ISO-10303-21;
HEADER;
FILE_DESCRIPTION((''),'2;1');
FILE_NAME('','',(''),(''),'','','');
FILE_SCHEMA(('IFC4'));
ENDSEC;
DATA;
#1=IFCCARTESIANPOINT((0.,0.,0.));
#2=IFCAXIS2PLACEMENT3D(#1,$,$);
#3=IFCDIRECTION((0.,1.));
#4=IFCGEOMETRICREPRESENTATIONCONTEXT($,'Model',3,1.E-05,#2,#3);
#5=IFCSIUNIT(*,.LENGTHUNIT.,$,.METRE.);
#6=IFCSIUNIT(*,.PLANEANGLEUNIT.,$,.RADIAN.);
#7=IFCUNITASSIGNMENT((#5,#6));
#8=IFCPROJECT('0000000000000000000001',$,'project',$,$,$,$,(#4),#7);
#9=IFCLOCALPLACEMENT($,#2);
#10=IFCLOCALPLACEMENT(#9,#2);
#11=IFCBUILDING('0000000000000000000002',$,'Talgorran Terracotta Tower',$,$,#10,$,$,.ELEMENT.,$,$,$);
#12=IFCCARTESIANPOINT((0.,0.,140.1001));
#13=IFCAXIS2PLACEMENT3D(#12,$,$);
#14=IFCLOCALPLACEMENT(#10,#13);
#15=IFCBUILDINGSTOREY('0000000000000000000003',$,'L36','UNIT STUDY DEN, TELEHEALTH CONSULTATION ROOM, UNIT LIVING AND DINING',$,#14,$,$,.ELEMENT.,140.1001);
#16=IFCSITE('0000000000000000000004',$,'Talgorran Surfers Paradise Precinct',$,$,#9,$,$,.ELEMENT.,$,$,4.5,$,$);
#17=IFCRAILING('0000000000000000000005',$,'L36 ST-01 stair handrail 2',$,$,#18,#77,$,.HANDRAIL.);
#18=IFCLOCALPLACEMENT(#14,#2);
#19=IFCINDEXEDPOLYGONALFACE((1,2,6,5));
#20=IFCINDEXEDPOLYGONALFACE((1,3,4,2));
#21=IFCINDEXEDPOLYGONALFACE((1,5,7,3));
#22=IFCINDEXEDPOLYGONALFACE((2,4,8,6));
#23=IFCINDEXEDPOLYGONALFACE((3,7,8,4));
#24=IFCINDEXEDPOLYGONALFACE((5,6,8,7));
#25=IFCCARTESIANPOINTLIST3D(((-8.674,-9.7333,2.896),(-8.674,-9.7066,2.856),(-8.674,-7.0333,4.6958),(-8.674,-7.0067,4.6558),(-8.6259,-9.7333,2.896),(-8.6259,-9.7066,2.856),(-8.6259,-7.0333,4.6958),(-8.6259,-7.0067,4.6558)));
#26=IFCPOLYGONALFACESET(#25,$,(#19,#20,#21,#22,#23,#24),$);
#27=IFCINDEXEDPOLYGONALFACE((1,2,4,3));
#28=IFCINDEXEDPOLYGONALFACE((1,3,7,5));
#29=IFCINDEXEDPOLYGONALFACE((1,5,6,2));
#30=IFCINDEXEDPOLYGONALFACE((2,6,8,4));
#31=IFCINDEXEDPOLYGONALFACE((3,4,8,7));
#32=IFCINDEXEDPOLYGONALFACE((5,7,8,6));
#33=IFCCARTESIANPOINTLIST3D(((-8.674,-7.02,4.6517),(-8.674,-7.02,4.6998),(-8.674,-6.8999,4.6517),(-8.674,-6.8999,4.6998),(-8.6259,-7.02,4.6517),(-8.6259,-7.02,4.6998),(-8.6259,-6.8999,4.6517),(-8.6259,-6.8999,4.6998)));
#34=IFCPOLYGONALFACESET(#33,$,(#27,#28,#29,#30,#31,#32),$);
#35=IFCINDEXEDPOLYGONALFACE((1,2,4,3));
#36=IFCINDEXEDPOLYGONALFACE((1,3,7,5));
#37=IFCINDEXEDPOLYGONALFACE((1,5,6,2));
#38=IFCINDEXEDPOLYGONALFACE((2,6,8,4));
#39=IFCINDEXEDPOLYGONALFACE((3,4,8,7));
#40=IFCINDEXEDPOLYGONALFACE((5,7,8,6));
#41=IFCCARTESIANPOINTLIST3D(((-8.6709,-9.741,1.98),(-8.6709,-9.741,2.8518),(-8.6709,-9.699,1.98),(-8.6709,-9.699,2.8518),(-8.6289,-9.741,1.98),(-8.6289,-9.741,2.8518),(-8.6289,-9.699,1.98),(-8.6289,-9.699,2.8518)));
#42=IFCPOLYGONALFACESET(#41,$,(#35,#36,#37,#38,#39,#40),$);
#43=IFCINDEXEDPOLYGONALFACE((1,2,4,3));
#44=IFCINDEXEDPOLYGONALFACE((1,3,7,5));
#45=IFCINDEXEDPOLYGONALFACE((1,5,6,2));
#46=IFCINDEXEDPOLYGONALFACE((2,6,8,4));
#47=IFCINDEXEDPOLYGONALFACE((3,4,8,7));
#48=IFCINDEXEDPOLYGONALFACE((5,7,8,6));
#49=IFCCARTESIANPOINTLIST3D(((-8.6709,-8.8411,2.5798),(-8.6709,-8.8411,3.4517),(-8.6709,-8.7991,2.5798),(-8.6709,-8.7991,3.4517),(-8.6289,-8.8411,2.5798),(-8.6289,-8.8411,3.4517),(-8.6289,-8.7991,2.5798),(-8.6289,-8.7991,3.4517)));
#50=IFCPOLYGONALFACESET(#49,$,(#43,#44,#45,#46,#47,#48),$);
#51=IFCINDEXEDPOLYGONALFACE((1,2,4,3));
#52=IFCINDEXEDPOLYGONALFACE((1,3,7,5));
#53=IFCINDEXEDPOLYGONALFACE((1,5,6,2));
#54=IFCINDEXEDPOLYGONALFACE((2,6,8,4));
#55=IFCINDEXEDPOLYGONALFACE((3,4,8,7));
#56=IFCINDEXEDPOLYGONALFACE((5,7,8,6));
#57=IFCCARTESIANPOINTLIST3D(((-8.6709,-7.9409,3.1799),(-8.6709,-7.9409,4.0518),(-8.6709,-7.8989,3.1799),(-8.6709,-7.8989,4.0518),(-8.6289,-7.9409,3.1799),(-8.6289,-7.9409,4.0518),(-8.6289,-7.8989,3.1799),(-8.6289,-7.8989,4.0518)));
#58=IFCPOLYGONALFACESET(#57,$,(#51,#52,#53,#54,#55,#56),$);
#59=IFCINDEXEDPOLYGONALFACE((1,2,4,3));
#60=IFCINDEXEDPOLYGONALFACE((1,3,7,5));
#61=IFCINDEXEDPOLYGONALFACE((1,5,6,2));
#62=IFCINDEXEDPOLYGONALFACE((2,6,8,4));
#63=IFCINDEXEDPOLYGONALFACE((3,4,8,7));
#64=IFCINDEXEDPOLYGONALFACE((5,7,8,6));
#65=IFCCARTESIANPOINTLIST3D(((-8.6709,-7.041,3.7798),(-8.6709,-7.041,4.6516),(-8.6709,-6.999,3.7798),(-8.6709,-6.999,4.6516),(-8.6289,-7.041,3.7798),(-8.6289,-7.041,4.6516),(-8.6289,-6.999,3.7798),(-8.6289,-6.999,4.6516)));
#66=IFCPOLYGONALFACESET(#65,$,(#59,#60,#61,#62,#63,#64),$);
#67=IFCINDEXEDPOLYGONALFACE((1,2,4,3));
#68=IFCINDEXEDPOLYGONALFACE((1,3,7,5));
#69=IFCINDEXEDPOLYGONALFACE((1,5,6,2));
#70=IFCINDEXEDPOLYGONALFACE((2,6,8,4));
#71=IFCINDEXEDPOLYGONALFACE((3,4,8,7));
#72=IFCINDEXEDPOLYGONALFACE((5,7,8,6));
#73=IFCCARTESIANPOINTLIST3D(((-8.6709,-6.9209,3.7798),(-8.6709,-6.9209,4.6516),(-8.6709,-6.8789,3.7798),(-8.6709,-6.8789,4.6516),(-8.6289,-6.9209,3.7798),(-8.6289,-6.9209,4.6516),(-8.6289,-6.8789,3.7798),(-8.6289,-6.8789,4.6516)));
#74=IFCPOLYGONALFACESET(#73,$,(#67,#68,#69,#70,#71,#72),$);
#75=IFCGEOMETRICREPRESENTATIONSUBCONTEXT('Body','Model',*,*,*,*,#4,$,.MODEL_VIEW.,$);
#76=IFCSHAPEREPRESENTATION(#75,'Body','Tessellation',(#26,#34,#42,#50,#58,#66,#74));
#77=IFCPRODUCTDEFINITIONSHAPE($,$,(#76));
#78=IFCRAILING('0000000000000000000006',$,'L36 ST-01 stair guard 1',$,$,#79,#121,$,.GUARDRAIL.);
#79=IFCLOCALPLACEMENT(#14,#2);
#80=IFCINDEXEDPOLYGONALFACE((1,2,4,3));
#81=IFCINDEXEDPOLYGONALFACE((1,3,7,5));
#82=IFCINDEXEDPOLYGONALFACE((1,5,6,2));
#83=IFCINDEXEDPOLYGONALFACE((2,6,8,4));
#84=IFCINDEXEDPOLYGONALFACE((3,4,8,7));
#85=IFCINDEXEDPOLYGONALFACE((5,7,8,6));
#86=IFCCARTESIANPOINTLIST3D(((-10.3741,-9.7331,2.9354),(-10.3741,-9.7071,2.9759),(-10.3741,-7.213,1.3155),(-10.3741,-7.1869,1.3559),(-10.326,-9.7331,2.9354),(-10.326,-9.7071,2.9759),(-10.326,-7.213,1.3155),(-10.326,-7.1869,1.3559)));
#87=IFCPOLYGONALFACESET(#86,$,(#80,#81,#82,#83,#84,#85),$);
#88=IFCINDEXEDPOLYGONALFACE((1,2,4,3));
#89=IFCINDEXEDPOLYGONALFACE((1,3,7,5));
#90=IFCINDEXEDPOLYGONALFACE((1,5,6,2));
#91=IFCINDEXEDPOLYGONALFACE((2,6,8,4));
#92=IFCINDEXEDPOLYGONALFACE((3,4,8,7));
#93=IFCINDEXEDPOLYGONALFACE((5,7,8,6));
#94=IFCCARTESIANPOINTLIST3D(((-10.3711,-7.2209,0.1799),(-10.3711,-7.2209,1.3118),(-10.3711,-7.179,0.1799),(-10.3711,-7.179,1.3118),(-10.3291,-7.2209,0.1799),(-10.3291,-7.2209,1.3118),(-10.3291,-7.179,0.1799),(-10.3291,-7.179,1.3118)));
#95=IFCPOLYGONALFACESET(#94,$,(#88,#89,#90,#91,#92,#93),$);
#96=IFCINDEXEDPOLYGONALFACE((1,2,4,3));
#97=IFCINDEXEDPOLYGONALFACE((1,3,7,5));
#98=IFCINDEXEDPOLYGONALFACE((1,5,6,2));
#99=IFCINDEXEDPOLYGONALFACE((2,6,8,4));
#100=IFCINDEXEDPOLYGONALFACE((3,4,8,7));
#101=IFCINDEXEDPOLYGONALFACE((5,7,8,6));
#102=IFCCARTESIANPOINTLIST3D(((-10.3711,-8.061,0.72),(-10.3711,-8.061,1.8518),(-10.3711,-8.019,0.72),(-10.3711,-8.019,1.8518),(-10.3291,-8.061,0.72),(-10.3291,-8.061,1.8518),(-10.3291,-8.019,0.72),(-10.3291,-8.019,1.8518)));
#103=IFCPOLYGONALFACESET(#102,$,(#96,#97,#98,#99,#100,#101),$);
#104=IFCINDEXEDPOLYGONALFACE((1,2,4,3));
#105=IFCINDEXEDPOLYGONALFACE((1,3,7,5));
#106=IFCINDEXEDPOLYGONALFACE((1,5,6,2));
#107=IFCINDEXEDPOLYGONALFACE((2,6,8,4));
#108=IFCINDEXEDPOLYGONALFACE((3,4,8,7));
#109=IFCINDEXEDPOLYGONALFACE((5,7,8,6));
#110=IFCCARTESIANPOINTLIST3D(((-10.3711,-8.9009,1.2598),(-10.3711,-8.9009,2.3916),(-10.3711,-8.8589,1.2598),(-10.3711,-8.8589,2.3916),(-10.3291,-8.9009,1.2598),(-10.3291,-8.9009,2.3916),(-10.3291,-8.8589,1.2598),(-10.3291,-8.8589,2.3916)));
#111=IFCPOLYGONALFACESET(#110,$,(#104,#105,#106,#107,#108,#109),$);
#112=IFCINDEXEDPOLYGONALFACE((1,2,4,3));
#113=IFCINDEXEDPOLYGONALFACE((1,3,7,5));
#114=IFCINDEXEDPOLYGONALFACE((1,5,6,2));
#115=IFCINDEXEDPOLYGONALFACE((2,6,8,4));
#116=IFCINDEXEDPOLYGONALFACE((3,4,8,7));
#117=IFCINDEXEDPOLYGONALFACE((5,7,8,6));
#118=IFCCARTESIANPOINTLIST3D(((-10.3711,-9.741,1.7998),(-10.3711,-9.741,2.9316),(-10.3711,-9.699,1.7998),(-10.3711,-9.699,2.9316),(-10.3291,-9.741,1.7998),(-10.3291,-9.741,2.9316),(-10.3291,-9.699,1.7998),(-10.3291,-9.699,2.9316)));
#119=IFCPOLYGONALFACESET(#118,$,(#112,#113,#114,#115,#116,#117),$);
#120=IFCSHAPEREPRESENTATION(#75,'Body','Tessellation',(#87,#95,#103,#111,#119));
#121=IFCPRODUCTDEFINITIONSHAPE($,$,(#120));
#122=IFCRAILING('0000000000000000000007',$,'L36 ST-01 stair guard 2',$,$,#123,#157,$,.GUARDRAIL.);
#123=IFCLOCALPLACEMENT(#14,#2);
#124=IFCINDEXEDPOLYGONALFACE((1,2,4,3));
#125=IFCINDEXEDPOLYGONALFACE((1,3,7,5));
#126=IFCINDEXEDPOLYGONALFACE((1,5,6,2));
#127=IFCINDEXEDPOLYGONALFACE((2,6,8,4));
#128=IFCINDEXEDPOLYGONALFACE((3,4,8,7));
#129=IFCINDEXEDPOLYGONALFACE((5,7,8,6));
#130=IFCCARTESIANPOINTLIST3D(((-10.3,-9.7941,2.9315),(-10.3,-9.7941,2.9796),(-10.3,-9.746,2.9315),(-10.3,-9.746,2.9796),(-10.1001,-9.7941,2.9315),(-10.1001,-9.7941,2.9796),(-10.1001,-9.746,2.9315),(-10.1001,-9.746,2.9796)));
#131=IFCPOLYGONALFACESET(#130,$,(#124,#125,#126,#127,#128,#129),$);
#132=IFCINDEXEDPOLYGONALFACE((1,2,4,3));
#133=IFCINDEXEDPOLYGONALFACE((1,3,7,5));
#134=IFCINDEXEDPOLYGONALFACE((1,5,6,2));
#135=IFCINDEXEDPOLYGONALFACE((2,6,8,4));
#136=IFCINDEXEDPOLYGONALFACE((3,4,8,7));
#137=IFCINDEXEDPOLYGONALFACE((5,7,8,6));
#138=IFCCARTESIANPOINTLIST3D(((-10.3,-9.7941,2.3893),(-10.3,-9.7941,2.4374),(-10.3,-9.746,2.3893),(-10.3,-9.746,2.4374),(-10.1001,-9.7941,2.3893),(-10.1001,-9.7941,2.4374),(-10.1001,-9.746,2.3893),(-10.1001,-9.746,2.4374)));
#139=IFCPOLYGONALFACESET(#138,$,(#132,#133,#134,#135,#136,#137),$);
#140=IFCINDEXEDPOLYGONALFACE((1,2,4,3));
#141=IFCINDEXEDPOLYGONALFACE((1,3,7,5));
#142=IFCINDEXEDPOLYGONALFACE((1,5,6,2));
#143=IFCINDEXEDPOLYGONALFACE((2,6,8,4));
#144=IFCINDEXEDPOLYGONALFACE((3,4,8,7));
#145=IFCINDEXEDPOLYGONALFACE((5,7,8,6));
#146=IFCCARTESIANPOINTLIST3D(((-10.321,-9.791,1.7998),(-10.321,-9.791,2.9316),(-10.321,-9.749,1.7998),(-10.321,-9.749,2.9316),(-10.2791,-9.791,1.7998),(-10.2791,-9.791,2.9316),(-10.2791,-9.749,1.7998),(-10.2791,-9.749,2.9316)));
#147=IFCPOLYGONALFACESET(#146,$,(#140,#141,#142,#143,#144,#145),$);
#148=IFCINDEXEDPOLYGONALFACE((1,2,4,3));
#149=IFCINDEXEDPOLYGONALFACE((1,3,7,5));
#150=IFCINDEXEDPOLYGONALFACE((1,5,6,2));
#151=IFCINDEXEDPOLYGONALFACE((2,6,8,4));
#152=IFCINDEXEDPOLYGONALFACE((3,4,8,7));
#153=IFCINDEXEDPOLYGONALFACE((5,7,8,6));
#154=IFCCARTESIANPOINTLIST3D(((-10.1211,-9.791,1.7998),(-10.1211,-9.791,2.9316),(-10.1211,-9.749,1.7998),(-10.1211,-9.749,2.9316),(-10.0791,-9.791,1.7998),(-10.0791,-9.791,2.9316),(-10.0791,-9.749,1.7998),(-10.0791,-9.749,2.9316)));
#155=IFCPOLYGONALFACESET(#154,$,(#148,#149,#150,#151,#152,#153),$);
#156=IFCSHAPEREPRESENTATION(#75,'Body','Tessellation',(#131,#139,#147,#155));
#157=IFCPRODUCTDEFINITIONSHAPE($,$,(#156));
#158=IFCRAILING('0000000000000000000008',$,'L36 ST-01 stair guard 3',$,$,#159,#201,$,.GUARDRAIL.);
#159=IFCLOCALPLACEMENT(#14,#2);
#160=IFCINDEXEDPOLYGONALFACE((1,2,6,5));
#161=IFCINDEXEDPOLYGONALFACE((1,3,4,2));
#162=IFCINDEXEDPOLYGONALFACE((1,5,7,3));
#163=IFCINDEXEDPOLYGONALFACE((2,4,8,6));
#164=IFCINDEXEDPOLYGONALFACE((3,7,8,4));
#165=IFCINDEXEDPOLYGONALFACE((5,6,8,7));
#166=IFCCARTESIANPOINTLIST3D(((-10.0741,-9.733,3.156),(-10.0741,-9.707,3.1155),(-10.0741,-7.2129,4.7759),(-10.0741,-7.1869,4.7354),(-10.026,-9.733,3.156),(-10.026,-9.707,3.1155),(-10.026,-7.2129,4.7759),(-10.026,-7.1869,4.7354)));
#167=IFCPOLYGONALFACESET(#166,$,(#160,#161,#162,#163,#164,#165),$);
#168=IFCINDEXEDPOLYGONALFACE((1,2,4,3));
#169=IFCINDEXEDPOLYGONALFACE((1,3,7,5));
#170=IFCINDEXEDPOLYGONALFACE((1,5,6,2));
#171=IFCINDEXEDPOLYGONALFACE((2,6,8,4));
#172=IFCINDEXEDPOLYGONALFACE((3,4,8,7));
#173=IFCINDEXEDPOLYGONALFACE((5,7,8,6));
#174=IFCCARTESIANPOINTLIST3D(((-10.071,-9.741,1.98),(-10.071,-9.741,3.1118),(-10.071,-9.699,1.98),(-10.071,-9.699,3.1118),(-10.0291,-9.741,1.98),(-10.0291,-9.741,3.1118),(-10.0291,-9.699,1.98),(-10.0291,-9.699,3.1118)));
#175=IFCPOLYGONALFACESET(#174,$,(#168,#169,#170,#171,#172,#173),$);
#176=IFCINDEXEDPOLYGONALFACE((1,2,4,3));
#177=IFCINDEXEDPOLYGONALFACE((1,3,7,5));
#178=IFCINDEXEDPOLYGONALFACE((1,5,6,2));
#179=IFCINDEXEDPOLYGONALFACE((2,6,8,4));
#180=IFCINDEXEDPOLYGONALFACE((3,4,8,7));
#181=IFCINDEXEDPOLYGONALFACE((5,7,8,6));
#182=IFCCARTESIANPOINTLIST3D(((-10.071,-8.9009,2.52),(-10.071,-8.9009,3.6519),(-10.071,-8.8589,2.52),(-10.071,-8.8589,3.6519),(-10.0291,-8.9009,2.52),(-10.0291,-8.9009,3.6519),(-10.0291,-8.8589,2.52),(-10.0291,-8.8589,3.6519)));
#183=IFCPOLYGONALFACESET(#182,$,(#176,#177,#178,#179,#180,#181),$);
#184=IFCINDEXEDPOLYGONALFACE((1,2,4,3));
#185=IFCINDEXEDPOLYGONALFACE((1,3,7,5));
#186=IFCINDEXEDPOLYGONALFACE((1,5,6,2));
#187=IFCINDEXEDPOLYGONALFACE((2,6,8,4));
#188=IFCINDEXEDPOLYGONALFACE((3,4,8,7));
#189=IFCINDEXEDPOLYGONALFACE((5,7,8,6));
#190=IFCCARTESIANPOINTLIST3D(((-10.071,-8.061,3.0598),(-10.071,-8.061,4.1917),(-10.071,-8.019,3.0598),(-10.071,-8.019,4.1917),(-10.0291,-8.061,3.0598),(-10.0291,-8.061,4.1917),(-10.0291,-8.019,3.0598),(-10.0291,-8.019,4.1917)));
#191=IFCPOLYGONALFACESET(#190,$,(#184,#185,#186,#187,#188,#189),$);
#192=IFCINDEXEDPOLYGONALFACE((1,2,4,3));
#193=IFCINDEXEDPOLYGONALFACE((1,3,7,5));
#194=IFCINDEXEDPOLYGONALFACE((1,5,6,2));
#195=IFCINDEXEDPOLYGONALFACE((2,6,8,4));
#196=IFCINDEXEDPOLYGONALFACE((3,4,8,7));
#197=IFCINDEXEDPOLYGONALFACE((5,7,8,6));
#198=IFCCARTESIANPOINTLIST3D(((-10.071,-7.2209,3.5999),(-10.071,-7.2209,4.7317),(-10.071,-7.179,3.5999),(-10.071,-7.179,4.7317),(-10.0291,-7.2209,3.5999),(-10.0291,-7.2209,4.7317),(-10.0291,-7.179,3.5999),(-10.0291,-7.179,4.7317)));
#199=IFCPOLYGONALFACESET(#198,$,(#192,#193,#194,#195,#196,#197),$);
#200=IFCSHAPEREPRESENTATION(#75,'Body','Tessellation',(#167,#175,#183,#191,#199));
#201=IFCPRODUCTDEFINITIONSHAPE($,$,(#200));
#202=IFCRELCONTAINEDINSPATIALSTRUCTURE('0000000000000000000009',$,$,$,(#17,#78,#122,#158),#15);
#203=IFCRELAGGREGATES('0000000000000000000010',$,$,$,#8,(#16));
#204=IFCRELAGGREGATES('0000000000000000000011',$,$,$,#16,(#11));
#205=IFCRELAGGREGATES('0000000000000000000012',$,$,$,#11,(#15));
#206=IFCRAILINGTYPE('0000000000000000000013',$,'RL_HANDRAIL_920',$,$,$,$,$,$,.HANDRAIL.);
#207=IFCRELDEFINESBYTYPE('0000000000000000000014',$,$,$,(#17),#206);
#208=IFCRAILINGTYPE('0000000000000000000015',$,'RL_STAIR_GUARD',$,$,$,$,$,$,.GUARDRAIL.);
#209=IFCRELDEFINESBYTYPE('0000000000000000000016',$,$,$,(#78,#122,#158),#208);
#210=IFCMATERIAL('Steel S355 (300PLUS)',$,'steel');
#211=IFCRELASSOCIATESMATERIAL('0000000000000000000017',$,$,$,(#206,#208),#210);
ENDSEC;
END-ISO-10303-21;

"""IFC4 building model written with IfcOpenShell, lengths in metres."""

from ifc_helpers import new_model, si_unit, direction, frame, origin, origin_2d, place, context, subcontext, project, spatial, rectangle, extrude, material, type_object, element, save


model = new_model("IFC4")

# Units and contexts
model_context = context("Model", 3, precision=1e-05, world=origin(), true_north=direction((0.0, 1.0)))
body_context = subcontext(model_context, "Body", "Model", "MODEL_VIEW")
ifc_project = project(units=[si_unit("LENGTHUNIT", "METRE"), si_unit("PLANEANGLEUNIT", "RADIAN")], contexts=[model_context])

# Site, building, storey
site_placement = place(None, origin())
site = spatial("IfcSite", under=ifc_project, at=site_placement, Name="Talgorran Surfers Paradise Precinct", CompositionType="ELEMENT", RefElevation=4.5)
building_placement = place(site_placement, origin())
building = spatial("IfcBuilding", under=site, at=building_placement, Name="Talgorran Terracotta Tower", CompositionType="ELEMENT")
storey_placement = place(building_placement, frame((0.0, 0.0, 140.1001)))
storey = spatial("IfcBuildingStorey", under=building, at=storey_placement, Name="L36", Description="UNIT STUDY DEN, TELEHEALTH CONSULTATION ROOM, UNIT LIVING AND DINING", CompositionType="ELEMENT", Elevation=140.1001)

# Shared definitions
ifc_material_1 = material(Name="Steel S355 (300PLUS)", Category="steel")

# Railings
railing_type_1 = type_object("IfcRailingType", Name="RL_HANDRAIL_920", PredefinedType="HANDRAIL", material=ifc_material_1)
railing_1_placement = place(storey_placement, frame((-8.6499, -9.72, 1.98)))
element("IfcRailing", 1, at=railing_1_placement, inside=storey, type_object=railing_type_1, Name="L36 ST-01 stair handrail 2", PredefinedType="HANDRAIL", context=body_context, shape_type="SweptSolid", body=[
    extrude(rectangle(XDim=0.0481, YDim=0.0481, at=origin_2d()), frame((0.0, 0.0, 0.896), z_axis=(0.0, 0.832073, 0.554665), x_axis=(-1.0, 0.0, 0.0)), (0.0, 0.0, 1.0), 3.2449),
    extrude(rectangle(XDim=0.0481, YDim=0.0481, at=origin_2d()), frame((0.0, 2.7, 2.6958), z_axis=(0.0, 1.0, 0.0), x_axis=(-1.0, 0.0, 0.0)), (0.0, 0.0, 1.0), 0.1201),
    extrude(rectangle(XDim=0.042, YDim=0.042, at=origin_2d()), origin(), (0.0, 0.0, 1.0), 0.8718),
    extrude(rectangle(XDim=0.042, YDim=0.042, at=origin_2d()), frame((0.0, 0.8999, 0.5999)), (0.0, 0.0, 1.0), 0.8718),
    extrude(rectangle(XDim=0.042, YDim=0.042, at=origin_2d()), frame((0.0, 1.8, 1.2)), (0.0, 0.0, 1.0), 0.8718),
    extrude(rectangle(XDim=0.042, YDim=0.042, at=origin_2d()), frame((0.0, 2.7, 1.7998)), (0.0, 0.0, 1.0), 0.8718),
    extrude(rectangle(XDim=0.042, YDim=0.042, at=origin_2d()), frame((0.0, 2.8201, 1.7998)), (0.0, 0.0, 1.0), 0.8718),
])
railing_type_2 = type_object("IfcRailingType", Name="RL_STAIR_GUARD", PredefinedType="GUARDRAIL", material=ifc_material_1)
railing_2_placement = place(storey_placement, frame((-10.3501, -7.2, 0.1799)))
element("IfcRailing", 2, at=railing_2_placement, inside=storey, type_object=railing_type_2, Name="L36 ST-01 stair guard 1", PredefinedType="GUARDRAIL", context=body_context, shape_type="SweptSolid", body=[
    extrude(rectangle(XDim=0.0481, YDim=0.0481, at=origin_2d()), frame((0.0, 0.0, 1.1558), z_axis=(0.0, -0.8412, 0.540725), x_axis=(1.0, 0.0, 0.0)), (0.0, 0.0, 1.0), 2.9958),
    extrude(rectangle(XDim=0.042, YDim=0.042, at=origin_2d()), origin(), (0.0, 0.0, 1.0), 1.1318),
    extrude(rectangle(XDim=0.042, YDim=0.042, at=origin_2d()), frame((0.0, -0.8401, 0.54)), (0.0, 0.0, 1.0), 1.1318),
    extrude(rectangle(XDim=0.042, YDim=0.042, at=origin_2d()), frame((0.0, -1.6799, 1.0798)), (0.0, 0.0, 1.0), 1.1318),
    extrude(rectangle(XDim=0.042, YDim=0.042, at=origin_2d()), frame((0.0, -2.52, 1.6199)), (0.0, 0.0, 1.0), 1.1318),
])
railing_3_placement = place(storey_placement, frame((-10.3, -9.77, 1.7998)))
element("IfcRailing", 3, at=railing_3_placement, inside=storey, type_object=railing_type_2, Name="L36 ST-01 stair guard 2", PredefinedType="GUARDRAIL", context=body_context, shape_type="SweptSolid", body=[
    extrude(rectangle(XDim=0.0481, YDim=0.0481, at=origin_2d()), frame((0.0, 0.0, 1.1558), z_axis=(1.0, 0.0, 0.0), x_axis=(0.0, 1.0, 0.0)), (0.0, 0.0, 1.0), 0.2),
    extrude(rectangle(XDim=0.0481, YDim=0.0481, at=origin_2d()), frame((0.0, 0.0, 0.6135), z_axis=(1.0, 0.0, 0.0), x_axis=(0.0, 1.0, 0.0)), (0.0, 0.0, 1.0), 0.2),
    extrude(rectangle(XDim=0.042, YDim=0.042, at=origin_2d()), origin(), (0.0, 0.0, 1.0), 1.1318),
    extrude(rectangle(XDim=0.042, YDim=0.042, at=origin_2d()), frame((0.2, 0.0, 0.0)), (0.0, 0.0, 1.0), 1.1318),
])
railing_4_placement = place(storey_placement, frame((-10.05, -9.72, 1.98)))
element("IfcRailing", 4, at=railing_4_placement, inside=storey, type_object=railing_type_2, Name="L36 ST-01 stair guard 3", PredefinedType="GUARDRAIL", context=body_context, shape_type="SweptSolid", body=[
    extrude(rectangle(XDim=0.0481, YDim=0.0481, at=origin_2d()), frame((0.0, 0.0, 1.1558), z_axis=(0.0, 0.8412, 0.540725), x_axis=(-1.0, 0.0, 0.0)), (0.0, 0.0, 1.0), 2.9958),
    extrude(rectangle(XDim=0.042, YDim=0.042, at=origin_2d()), origin(), (0.0, 0.0, 1.0), 1.1318),
    extrude(rectangle(XDim=0.042, YDim=0.042, at=origin_2d()), frame((0.0, 0.8401, 0.54)), (0.0, 0.0, 1.0), 1.1318),
    extrude(rectangle(XDim=0.042, YDim=0.042, at=origin_2d()), frame((0.0, 1.6799, 1.0798)), (0.0, 0.0, 1.0), 1.1318),
    extrude(rectangle(XDim=0.042, YDim=0.042, at=origin_2d()), frame((0.0, 2.52, 1.6199)), (0.0, 0.0, 1.0), 1.1318),
])

save(model, "model.ifc")
